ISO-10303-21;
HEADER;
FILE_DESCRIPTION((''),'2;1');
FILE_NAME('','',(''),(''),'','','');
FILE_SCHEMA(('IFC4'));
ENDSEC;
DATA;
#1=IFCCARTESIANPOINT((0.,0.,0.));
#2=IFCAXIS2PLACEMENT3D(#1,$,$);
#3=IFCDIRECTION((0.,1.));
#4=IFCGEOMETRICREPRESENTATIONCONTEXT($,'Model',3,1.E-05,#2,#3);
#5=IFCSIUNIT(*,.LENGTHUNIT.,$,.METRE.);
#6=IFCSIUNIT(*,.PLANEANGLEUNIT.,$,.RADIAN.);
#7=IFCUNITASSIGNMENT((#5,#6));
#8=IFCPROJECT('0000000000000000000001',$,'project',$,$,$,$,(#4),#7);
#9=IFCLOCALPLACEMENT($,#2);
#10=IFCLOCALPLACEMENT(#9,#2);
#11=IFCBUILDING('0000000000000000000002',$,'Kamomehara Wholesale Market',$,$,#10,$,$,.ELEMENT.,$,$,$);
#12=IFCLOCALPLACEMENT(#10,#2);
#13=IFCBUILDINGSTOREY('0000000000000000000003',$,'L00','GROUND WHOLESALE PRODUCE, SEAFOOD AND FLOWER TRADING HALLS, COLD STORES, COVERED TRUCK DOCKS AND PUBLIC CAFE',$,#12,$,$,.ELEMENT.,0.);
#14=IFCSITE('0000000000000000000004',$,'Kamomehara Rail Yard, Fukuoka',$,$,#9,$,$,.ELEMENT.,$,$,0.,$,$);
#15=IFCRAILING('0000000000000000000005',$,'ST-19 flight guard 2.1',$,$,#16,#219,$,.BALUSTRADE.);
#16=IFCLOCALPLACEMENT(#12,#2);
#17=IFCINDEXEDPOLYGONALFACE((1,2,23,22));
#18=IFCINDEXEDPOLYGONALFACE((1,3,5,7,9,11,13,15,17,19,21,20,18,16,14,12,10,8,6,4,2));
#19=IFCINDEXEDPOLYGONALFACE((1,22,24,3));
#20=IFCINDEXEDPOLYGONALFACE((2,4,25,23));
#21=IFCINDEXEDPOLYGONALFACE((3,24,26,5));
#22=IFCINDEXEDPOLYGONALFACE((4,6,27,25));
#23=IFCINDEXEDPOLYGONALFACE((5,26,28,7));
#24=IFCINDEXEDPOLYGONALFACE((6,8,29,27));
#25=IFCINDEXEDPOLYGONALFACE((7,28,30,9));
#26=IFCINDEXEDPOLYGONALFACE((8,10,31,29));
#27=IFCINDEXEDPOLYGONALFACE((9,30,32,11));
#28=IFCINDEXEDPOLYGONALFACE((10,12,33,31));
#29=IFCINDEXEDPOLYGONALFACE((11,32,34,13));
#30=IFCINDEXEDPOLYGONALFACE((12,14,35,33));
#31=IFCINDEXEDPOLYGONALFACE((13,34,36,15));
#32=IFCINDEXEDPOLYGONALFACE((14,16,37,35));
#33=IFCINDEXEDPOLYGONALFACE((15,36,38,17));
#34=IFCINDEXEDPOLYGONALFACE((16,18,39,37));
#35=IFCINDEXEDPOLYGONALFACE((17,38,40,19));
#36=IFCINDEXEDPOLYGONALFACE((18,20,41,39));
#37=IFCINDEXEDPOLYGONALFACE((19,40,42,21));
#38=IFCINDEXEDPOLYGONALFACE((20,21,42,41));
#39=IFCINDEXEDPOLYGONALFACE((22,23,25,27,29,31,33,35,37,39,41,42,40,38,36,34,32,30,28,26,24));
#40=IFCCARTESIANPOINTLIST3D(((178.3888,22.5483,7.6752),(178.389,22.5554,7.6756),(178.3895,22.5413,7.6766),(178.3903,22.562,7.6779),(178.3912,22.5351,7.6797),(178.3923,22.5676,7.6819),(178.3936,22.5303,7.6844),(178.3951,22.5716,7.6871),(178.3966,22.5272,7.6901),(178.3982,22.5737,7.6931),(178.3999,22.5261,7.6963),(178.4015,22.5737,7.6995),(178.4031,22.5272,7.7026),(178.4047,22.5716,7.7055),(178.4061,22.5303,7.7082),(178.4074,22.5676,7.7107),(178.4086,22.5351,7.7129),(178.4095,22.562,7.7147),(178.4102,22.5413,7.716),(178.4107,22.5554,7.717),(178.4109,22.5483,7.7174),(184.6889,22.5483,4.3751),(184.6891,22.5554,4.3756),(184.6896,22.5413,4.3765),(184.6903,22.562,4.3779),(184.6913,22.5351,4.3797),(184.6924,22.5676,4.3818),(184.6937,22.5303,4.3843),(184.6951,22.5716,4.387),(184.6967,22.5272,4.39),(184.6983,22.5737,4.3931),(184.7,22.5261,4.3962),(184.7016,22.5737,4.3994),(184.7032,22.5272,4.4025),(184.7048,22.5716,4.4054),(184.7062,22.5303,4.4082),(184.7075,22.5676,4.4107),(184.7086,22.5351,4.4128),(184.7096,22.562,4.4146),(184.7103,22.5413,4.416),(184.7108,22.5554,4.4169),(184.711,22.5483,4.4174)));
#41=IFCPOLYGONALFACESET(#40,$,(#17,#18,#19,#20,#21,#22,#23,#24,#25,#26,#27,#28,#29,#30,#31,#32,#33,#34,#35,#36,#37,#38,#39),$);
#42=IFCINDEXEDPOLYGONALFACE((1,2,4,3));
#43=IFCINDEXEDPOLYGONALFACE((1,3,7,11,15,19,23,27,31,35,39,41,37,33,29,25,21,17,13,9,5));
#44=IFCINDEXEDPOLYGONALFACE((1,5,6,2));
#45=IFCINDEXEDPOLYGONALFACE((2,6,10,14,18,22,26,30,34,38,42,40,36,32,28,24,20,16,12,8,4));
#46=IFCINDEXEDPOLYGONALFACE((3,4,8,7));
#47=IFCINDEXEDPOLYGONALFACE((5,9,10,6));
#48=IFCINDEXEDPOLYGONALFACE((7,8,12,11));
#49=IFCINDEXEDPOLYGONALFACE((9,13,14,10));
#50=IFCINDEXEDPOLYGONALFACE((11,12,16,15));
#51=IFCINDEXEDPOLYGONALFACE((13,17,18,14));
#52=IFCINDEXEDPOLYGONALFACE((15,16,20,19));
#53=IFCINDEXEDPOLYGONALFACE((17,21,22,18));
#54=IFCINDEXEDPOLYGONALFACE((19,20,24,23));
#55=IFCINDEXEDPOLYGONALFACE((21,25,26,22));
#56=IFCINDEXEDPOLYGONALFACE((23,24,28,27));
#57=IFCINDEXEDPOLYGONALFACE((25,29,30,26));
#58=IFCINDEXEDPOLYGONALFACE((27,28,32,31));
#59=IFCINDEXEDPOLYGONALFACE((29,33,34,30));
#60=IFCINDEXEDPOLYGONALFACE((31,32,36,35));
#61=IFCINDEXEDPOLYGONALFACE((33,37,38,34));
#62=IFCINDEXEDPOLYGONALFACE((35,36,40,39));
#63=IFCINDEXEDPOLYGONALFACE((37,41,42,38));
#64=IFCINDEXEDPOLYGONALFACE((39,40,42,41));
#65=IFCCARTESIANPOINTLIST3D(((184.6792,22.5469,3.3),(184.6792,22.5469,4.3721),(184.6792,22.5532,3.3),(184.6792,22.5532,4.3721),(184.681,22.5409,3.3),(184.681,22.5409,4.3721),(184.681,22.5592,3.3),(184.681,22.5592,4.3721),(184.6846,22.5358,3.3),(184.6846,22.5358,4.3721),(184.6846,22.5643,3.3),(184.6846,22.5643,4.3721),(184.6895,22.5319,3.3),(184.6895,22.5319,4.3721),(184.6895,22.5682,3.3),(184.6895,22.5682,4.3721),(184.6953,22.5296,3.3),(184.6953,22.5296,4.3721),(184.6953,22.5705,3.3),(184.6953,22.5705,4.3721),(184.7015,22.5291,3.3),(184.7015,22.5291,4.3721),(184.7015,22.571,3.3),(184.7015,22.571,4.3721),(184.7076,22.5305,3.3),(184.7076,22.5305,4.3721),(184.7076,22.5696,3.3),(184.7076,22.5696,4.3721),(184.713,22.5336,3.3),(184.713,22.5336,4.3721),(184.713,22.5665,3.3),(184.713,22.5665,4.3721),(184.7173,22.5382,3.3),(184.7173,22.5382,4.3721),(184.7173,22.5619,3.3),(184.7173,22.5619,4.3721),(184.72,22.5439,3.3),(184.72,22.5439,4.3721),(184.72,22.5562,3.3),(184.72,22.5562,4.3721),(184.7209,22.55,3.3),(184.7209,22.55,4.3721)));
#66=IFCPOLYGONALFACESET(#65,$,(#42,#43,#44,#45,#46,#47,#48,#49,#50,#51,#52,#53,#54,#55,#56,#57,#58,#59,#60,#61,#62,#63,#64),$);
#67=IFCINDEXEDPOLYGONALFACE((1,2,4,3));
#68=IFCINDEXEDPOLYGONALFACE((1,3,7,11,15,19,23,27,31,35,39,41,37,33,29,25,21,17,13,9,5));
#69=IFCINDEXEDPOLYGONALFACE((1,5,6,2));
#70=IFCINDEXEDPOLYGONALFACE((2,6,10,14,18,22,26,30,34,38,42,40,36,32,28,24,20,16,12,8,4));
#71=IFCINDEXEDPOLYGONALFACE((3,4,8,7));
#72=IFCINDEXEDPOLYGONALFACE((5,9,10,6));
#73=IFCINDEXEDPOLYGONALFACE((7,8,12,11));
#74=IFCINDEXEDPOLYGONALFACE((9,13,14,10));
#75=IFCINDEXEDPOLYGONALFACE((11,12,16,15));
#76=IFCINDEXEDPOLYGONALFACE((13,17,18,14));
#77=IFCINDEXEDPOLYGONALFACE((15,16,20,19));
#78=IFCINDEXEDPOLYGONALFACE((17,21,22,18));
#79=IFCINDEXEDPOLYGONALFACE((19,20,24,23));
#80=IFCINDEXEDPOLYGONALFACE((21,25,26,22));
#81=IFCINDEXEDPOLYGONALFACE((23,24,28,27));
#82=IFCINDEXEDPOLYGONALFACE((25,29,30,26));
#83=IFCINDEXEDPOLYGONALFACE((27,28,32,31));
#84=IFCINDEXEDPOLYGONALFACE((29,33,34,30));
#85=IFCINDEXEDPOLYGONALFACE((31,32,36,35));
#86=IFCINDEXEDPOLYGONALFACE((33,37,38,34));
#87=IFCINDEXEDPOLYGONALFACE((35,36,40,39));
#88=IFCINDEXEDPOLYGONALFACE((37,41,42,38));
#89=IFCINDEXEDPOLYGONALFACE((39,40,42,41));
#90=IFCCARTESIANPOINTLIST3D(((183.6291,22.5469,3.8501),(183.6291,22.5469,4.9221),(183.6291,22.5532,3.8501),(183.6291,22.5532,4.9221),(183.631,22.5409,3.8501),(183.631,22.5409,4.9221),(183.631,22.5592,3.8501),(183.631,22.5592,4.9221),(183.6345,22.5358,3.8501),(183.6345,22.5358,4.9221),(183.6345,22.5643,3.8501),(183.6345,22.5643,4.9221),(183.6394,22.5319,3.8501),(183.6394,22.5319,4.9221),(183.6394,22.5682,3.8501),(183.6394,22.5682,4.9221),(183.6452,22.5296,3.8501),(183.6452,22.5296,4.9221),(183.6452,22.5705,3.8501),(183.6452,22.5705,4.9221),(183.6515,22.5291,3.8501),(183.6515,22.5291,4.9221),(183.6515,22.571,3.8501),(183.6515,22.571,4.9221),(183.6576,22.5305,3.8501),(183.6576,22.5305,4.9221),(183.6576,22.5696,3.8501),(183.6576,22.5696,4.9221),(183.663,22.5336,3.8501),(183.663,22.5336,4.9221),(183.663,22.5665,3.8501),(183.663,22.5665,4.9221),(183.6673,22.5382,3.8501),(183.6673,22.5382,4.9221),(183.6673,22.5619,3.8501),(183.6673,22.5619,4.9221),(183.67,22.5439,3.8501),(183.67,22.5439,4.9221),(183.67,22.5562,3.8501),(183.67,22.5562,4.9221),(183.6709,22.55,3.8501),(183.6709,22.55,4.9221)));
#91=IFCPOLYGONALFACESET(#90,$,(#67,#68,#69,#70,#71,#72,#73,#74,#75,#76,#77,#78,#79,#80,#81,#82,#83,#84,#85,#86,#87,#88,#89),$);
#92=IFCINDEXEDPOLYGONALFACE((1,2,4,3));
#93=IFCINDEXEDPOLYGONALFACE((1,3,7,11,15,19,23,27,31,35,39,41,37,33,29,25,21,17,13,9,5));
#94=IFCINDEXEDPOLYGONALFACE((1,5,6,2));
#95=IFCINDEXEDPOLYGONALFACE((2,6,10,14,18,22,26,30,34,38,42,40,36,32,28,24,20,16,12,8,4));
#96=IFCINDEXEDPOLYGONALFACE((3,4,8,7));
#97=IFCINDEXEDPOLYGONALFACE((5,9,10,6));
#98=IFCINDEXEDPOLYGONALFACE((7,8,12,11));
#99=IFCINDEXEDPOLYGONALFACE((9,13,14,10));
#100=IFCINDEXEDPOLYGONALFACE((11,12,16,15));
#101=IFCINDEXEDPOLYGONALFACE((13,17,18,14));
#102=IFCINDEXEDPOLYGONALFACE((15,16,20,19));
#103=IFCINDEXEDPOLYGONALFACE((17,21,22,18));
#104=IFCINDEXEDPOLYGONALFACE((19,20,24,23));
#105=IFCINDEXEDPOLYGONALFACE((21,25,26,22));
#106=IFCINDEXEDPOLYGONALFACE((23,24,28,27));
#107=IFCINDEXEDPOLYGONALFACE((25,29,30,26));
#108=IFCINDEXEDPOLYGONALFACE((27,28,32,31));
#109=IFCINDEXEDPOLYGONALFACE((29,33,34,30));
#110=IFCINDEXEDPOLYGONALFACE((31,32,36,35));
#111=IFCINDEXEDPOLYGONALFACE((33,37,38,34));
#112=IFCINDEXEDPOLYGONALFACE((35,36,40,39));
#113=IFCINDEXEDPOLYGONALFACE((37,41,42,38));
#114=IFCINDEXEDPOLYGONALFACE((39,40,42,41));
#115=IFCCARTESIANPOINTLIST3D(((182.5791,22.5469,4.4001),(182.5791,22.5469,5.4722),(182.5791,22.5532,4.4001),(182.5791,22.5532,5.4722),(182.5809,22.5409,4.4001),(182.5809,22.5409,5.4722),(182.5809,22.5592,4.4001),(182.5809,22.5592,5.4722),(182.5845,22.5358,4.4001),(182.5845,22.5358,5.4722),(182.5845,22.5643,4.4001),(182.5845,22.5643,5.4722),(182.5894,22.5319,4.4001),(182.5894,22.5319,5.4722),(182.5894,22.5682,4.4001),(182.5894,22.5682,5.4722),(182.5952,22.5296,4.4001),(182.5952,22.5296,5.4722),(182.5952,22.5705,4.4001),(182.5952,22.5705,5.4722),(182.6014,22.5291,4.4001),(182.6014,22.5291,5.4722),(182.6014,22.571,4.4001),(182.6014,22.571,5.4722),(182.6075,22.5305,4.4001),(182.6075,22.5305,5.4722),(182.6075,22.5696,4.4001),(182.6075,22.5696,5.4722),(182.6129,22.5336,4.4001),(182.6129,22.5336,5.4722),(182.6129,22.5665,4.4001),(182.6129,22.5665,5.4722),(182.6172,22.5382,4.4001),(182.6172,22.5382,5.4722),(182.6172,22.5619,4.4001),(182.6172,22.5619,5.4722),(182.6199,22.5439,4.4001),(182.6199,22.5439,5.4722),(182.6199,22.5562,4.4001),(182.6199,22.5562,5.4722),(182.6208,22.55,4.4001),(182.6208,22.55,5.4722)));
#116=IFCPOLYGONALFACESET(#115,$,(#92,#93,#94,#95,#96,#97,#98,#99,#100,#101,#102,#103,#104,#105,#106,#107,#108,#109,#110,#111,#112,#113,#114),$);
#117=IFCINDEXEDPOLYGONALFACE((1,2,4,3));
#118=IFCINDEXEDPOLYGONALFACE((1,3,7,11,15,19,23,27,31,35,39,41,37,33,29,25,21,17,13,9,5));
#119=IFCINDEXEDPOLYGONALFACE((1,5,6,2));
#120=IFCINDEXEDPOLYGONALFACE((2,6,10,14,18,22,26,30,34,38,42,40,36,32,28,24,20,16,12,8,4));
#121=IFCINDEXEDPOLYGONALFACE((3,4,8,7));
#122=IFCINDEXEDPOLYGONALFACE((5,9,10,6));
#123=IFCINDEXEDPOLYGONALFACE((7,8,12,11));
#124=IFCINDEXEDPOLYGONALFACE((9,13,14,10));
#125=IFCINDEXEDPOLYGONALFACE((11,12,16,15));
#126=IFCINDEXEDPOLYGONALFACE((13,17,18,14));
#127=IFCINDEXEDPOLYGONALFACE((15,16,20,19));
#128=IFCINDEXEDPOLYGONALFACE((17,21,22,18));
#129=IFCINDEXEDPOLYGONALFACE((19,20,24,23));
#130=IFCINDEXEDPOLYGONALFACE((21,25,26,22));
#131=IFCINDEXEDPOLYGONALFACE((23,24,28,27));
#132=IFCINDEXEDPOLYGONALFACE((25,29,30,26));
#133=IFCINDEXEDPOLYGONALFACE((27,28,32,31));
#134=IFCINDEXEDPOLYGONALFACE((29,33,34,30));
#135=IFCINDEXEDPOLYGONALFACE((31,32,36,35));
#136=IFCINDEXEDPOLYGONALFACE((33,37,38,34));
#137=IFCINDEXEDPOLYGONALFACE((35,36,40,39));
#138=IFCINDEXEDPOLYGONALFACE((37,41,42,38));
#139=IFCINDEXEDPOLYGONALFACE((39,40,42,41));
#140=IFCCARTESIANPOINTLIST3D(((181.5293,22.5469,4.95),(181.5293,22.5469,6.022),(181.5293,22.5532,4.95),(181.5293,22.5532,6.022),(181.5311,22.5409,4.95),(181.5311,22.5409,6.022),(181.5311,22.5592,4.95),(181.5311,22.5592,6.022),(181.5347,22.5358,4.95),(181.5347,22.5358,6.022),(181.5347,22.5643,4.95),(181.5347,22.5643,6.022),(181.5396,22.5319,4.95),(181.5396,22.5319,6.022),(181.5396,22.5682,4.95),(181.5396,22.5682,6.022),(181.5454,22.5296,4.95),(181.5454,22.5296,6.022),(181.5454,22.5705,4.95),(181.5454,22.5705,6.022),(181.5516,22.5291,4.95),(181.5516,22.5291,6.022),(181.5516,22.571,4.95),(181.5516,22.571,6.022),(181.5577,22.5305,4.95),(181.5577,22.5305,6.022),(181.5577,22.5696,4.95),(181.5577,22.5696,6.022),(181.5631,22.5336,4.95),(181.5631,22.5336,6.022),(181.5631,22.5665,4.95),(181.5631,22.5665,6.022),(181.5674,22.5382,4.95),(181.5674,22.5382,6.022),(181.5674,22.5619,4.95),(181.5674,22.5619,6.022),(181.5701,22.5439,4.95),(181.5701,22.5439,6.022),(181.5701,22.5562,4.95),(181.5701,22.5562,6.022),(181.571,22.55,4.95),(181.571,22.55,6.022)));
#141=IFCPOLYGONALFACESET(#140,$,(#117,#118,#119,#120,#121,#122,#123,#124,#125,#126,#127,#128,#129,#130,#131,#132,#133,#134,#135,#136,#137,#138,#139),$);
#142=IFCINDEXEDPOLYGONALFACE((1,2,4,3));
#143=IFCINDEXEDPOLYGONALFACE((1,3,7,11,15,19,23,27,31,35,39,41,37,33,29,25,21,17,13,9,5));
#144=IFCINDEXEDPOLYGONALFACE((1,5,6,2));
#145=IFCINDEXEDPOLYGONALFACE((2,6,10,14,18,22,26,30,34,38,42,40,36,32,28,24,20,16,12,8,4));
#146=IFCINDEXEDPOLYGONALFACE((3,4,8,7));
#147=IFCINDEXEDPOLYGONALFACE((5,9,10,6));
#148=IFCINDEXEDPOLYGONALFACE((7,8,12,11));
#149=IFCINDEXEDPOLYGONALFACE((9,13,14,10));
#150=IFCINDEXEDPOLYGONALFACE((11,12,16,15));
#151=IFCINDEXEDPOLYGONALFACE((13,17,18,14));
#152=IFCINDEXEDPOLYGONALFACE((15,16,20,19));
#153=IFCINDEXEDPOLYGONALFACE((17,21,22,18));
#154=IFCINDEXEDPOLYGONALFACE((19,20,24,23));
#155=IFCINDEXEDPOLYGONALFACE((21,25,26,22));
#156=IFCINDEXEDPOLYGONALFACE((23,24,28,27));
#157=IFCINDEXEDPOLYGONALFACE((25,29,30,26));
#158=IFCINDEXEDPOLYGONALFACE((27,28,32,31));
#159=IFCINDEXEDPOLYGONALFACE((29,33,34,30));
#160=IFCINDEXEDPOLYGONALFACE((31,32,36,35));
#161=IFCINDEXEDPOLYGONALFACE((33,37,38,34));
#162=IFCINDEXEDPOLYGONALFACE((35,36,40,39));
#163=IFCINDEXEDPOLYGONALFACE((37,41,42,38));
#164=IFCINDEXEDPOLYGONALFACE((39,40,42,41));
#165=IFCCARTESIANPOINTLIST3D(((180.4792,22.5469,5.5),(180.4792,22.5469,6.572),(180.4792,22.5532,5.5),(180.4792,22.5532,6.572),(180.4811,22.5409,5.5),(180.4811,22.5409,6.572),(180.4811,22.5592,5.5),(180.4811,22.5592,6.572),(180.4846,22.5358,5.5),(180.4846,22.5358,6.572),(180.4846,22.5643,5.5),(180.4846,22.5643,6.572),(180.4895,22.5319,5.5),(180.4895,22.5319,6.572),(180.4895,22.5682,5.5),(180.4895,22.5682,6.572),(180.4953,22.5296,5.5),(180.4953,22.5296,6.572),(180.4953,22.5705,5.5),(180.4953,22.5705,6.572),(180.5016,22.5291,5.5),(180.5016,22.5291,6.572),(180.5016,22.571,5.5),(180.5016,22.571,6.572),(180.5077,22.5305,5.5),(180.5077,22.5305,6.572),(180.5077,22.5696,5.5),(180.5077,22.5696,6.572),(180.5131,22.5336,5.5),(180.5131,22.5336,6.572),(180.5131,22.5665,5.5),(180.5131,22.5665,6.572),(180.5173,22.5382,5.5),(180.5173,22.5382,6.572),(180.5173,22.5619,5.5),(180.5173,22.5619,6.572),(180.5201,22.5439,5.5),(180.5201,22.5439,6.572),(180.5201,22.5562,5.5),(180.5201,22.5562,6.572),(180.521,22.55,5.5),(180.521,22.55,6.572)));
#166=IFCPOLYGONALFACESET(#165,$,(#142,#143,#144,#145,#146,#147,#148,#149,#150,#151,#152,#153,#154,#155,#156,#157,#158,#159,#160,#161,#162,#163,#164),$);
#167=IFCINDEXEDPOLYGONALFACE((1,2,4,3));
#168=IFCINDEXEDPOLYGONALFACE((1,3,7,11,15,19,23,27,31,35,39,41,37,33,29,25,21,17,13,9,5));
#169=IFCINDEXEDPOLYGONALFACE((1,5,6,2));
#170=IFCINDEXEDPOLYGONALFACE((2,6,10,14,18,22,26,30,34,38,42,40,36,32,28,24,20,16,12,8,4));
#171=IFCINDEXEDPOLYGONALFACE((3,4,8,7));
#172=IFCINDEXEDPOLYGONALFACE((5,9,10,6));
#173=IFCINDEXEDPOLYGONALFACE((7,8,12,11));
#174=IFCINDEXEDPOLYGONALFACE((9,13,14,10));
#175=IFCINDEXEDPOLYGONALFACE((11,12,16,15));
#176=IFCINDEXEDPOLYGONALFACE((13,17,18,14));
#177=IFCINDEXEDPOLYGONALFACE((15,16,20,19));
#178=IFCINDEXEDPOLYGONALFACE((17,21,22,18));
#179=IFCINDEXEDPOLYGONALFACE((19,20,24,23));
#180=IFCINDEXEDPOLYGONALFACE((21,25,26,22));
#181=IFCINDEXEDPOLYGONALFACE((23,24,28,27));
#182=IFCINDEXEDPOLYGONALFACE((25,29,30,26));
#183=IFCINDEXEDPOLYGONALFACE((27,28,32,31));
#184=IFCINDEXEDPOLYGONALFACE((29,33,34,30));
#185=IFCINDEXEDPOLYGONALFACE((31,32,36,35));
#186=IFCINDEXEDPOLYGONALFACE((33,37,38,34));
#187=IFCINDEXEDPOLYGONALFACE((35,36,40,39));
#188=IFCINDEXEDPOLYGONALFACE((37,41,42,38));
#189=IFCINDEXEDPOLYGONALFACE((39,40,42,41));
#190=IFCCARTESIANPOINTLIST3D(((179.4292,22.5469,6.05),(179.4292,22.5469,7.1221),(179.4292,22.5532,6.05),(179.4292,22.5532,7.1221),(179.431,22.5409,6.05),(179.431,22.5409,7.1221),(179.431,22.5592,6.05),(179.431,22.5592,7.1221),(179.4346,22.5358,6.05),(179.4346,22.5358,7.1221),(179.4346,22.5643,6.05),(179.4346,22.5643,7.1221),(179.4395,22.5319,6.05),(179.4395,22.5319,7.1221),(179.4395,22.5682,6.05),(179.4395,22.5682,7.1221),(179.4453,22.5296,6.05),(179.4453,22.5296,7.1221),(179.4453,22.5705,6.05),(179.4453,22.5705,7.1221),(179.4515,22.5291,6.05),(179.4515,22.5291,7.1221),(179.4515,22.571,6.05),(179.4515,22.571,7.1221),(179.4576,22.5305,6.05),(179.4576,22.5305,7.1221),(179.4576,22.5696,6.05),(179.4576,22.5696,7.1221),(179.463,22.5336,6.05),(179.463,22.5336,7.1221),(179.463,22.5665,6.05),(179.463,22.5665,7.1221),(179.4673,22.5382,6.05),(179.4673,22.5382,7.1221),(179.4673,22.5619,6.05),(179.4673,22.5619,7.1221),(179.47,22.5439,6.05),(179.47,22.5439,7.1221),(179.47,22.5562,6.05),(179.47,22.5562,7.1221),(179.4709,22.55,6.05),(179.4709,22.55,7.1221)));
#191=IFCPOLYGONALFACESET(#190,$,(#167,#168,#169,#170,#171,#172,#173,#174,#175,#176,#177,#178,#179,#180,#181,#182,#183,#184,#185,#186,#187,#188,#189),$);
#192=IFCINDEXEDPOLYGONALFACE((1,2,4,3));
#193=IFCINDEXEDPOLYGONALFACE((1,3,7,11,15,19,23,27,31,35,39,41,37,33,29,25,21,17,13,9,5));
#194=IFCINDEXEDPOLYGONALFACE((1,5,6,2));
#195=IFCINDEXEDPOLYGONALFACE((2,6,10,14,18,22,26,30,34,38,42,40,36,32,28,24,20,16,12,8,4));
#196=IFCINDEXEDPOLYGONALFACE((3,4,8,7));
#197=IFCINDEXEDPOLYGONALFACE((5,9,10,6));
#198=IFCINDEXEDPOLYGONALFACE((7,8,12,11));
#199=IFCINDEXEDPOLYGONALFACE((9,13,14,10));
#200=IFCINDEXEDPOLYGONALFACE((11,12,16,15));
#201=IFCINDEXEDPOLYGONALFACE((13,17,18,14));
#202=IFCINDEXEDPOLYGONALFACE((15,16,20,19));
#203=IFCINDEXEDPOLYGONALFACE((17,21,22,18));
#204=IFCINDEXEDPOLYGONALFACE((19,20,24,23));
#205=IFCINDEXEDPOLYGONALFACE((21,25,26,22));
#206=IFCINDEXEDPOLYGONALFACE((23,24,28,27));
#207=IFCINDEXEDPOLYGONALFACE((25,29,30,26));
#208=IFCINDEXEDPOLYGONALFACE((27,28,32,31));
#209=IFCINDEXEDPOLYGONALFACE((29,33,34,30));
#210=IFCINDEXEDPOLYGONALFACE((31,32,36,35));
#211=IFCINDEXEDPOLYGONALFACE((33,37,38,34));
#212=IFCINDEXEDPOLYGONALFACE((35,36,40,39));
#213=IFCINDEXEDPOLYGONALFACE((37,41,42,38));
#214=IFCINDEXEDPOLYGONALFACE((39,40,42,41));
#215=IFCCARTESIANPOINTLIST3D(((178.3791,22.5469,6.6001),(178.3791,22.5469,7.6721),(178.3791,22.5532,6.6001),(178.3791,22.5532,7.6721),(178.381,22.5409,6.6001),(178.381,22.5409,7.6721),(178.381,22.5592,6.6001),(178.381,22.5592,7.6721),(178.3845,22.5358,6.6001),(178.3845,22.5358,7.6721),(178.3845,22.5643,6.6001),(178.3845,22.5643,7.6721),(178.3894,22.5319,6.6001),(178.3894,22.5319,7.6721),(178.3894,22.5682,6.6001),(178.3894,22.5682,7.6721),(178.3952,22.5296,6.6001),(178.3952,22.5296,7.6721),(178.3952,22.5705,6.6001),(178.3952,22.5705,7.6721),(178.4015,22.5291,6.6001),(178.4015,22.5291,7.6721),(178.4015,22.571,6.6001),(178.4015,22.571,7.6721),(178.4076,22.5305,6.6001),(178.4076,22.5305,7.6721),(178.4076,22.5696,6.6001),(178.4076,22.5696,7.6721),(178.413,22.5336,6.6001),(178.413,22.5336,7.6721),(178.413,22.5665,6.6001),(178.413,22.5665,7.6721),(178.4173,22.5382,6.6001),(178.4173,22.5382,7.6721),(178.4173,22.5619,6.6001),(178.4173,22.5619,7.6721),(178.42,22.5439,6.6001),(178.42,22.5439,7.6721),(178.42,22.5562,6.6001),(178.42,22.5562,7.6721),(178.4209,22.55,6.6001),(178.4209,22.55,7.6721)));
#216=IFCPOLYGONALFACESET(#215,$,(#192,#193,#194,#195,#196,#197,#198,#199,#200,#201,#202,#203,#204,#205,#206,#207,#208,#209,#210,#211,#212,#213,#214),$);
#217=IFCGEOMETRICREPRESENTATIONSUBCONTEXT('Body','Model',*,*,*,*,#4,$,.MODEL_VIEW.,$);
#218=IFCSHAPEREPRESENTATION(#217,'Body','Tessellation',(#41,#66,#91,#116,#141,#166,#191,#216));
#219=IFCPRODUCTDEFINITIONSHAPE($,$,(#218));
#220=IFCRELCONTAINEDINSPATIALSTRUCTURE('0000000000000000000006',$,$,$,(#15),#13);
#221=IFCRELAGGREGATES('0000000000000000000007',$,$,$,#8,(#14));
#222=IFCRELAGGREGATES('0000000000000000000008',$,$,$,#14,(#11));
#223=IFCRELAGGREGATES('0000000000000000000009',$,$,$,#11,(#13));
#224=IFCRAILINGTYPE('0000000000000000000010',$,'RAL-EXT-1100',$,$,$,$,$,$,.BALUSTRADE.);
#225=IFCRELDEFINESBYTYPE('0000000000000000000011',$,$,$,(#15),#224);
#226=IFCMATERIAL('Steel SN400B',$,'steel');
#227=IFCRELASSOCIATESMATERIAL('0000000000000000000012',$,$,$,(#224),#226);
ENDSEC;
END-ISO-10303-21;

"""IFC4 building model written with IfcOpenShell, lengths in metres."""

from ifc_helpers import new_model, si_unit, direction, frame, origin, origin_2d, place, context, subcontext, project, spatial, circle, extrude, material, type_object, element, save


model = new_model("IFC4")

# Units and contexts
model_context = context("Model", 3, precision=1e-05, world=origin(), true_north=direction((0.0, 1.0)))
body_context = subcontext(model_context, "Body", "Model", "MODEL_VIEW")
ifc_project = project(units=[si_unit("LENGTHUNIT", "METRE"), si_unit("PLANEANGLEUNIT", "RADIAN")], contexts=[model_context])

# Site, building, storey
site_placement = place(None, origin())
site = spatial("IfcSite", under=ifc_project, at=site_placement, Name="Kamomehara Rail Yard, Fukuoka", CompositionType="ELEMENT", RefElevation=0.0)
building_placement = place(site_placement, origin())
building = spatial("IfcBuilding", under=site, at=building_placement, Name="Kamomehara Wholesale Market", CompositionType="ELEMENT")
storey_placement = place(building_placement, origin())
storey = spatial("IfcBuildingStorey", under=building, at=storey_placement, Name="L00", Description="GROUND WHOLESALE PRODUCE, SEAFOOD AND FLOWER TRADING HALLS, COLD STORES, COVERED TRUCK DOCKS AND PUBLIC CAFE", CompositionType="ELEMENT", Elevation=0.0)

# Railing
ifc_material_1 = material(Name="Steel SN400B", Category="steel")
railing_type_1 = type_object("IfcRailingType", Name="RAL-EXT-1100", PredefinedType="BALUSTRADE", material=ifc_material_1)
railing_1_placement = place(storey_placement, frame((184.7, 22.55, 3.3)))
element("IfcRailing", 1, at=railing_1_placement, inside=storey, type_object=railing_type_1, Name="ST-19 flight guard 2.1", PredefinedType="BALUSTRADE", context=body_context, shape_type="SweptSolid", body=[
    extrude(circle(Radius=0.0239, at=origin_2d()), frame((0.0, 0.0, 1.0962), z_axis=(-0.88583, 0.0, 0.46401), x_axis=(0.0, -1.0, 0.0)), (0.0, 0.0, 1.0), 7.1121),
    extrude(circle(Radius=0.021, at=origin_2d()), origin(), (0.0, 0.0, 1.0), 1.072),
    extrude(circle(Radius=0.021, at=origin_2d()), frame((-1.05, 0.0, 0.55)), (0.0, 0.0, 1.0), 1.072),
    extrude(circle(Radius=0.021, at=origin_2d()), frame((-2.1001, 0.0, 1.1001)), (0.0, 0.0, 1.0), 1.072),
    extrude(circle(Radius=0.021, at=origin_2d()), frame((-3.1499, 0.0, 1.6499)), (0.0, 0.0, 1.0), 1.072),
    extrude(circle(Radius=0.021, at=origin_2d()), frame((-4.2, 0.0, 2.2)), (0.0, 0.0, 1.0), 1.072),
    extrude(circle(Radius=0.021, at=origin_2d()), frame((-5.25, 0.0, 2.75)), (0.0, 0.0, 1.0), 1.072),
    extrude(circle(Radius=0.021, at=origin_2d()), frame((-6.3, 0.0, 3.3)), (0.0, 0.0, 1.0), 1.072),
])

save(model, "model.ifc")
